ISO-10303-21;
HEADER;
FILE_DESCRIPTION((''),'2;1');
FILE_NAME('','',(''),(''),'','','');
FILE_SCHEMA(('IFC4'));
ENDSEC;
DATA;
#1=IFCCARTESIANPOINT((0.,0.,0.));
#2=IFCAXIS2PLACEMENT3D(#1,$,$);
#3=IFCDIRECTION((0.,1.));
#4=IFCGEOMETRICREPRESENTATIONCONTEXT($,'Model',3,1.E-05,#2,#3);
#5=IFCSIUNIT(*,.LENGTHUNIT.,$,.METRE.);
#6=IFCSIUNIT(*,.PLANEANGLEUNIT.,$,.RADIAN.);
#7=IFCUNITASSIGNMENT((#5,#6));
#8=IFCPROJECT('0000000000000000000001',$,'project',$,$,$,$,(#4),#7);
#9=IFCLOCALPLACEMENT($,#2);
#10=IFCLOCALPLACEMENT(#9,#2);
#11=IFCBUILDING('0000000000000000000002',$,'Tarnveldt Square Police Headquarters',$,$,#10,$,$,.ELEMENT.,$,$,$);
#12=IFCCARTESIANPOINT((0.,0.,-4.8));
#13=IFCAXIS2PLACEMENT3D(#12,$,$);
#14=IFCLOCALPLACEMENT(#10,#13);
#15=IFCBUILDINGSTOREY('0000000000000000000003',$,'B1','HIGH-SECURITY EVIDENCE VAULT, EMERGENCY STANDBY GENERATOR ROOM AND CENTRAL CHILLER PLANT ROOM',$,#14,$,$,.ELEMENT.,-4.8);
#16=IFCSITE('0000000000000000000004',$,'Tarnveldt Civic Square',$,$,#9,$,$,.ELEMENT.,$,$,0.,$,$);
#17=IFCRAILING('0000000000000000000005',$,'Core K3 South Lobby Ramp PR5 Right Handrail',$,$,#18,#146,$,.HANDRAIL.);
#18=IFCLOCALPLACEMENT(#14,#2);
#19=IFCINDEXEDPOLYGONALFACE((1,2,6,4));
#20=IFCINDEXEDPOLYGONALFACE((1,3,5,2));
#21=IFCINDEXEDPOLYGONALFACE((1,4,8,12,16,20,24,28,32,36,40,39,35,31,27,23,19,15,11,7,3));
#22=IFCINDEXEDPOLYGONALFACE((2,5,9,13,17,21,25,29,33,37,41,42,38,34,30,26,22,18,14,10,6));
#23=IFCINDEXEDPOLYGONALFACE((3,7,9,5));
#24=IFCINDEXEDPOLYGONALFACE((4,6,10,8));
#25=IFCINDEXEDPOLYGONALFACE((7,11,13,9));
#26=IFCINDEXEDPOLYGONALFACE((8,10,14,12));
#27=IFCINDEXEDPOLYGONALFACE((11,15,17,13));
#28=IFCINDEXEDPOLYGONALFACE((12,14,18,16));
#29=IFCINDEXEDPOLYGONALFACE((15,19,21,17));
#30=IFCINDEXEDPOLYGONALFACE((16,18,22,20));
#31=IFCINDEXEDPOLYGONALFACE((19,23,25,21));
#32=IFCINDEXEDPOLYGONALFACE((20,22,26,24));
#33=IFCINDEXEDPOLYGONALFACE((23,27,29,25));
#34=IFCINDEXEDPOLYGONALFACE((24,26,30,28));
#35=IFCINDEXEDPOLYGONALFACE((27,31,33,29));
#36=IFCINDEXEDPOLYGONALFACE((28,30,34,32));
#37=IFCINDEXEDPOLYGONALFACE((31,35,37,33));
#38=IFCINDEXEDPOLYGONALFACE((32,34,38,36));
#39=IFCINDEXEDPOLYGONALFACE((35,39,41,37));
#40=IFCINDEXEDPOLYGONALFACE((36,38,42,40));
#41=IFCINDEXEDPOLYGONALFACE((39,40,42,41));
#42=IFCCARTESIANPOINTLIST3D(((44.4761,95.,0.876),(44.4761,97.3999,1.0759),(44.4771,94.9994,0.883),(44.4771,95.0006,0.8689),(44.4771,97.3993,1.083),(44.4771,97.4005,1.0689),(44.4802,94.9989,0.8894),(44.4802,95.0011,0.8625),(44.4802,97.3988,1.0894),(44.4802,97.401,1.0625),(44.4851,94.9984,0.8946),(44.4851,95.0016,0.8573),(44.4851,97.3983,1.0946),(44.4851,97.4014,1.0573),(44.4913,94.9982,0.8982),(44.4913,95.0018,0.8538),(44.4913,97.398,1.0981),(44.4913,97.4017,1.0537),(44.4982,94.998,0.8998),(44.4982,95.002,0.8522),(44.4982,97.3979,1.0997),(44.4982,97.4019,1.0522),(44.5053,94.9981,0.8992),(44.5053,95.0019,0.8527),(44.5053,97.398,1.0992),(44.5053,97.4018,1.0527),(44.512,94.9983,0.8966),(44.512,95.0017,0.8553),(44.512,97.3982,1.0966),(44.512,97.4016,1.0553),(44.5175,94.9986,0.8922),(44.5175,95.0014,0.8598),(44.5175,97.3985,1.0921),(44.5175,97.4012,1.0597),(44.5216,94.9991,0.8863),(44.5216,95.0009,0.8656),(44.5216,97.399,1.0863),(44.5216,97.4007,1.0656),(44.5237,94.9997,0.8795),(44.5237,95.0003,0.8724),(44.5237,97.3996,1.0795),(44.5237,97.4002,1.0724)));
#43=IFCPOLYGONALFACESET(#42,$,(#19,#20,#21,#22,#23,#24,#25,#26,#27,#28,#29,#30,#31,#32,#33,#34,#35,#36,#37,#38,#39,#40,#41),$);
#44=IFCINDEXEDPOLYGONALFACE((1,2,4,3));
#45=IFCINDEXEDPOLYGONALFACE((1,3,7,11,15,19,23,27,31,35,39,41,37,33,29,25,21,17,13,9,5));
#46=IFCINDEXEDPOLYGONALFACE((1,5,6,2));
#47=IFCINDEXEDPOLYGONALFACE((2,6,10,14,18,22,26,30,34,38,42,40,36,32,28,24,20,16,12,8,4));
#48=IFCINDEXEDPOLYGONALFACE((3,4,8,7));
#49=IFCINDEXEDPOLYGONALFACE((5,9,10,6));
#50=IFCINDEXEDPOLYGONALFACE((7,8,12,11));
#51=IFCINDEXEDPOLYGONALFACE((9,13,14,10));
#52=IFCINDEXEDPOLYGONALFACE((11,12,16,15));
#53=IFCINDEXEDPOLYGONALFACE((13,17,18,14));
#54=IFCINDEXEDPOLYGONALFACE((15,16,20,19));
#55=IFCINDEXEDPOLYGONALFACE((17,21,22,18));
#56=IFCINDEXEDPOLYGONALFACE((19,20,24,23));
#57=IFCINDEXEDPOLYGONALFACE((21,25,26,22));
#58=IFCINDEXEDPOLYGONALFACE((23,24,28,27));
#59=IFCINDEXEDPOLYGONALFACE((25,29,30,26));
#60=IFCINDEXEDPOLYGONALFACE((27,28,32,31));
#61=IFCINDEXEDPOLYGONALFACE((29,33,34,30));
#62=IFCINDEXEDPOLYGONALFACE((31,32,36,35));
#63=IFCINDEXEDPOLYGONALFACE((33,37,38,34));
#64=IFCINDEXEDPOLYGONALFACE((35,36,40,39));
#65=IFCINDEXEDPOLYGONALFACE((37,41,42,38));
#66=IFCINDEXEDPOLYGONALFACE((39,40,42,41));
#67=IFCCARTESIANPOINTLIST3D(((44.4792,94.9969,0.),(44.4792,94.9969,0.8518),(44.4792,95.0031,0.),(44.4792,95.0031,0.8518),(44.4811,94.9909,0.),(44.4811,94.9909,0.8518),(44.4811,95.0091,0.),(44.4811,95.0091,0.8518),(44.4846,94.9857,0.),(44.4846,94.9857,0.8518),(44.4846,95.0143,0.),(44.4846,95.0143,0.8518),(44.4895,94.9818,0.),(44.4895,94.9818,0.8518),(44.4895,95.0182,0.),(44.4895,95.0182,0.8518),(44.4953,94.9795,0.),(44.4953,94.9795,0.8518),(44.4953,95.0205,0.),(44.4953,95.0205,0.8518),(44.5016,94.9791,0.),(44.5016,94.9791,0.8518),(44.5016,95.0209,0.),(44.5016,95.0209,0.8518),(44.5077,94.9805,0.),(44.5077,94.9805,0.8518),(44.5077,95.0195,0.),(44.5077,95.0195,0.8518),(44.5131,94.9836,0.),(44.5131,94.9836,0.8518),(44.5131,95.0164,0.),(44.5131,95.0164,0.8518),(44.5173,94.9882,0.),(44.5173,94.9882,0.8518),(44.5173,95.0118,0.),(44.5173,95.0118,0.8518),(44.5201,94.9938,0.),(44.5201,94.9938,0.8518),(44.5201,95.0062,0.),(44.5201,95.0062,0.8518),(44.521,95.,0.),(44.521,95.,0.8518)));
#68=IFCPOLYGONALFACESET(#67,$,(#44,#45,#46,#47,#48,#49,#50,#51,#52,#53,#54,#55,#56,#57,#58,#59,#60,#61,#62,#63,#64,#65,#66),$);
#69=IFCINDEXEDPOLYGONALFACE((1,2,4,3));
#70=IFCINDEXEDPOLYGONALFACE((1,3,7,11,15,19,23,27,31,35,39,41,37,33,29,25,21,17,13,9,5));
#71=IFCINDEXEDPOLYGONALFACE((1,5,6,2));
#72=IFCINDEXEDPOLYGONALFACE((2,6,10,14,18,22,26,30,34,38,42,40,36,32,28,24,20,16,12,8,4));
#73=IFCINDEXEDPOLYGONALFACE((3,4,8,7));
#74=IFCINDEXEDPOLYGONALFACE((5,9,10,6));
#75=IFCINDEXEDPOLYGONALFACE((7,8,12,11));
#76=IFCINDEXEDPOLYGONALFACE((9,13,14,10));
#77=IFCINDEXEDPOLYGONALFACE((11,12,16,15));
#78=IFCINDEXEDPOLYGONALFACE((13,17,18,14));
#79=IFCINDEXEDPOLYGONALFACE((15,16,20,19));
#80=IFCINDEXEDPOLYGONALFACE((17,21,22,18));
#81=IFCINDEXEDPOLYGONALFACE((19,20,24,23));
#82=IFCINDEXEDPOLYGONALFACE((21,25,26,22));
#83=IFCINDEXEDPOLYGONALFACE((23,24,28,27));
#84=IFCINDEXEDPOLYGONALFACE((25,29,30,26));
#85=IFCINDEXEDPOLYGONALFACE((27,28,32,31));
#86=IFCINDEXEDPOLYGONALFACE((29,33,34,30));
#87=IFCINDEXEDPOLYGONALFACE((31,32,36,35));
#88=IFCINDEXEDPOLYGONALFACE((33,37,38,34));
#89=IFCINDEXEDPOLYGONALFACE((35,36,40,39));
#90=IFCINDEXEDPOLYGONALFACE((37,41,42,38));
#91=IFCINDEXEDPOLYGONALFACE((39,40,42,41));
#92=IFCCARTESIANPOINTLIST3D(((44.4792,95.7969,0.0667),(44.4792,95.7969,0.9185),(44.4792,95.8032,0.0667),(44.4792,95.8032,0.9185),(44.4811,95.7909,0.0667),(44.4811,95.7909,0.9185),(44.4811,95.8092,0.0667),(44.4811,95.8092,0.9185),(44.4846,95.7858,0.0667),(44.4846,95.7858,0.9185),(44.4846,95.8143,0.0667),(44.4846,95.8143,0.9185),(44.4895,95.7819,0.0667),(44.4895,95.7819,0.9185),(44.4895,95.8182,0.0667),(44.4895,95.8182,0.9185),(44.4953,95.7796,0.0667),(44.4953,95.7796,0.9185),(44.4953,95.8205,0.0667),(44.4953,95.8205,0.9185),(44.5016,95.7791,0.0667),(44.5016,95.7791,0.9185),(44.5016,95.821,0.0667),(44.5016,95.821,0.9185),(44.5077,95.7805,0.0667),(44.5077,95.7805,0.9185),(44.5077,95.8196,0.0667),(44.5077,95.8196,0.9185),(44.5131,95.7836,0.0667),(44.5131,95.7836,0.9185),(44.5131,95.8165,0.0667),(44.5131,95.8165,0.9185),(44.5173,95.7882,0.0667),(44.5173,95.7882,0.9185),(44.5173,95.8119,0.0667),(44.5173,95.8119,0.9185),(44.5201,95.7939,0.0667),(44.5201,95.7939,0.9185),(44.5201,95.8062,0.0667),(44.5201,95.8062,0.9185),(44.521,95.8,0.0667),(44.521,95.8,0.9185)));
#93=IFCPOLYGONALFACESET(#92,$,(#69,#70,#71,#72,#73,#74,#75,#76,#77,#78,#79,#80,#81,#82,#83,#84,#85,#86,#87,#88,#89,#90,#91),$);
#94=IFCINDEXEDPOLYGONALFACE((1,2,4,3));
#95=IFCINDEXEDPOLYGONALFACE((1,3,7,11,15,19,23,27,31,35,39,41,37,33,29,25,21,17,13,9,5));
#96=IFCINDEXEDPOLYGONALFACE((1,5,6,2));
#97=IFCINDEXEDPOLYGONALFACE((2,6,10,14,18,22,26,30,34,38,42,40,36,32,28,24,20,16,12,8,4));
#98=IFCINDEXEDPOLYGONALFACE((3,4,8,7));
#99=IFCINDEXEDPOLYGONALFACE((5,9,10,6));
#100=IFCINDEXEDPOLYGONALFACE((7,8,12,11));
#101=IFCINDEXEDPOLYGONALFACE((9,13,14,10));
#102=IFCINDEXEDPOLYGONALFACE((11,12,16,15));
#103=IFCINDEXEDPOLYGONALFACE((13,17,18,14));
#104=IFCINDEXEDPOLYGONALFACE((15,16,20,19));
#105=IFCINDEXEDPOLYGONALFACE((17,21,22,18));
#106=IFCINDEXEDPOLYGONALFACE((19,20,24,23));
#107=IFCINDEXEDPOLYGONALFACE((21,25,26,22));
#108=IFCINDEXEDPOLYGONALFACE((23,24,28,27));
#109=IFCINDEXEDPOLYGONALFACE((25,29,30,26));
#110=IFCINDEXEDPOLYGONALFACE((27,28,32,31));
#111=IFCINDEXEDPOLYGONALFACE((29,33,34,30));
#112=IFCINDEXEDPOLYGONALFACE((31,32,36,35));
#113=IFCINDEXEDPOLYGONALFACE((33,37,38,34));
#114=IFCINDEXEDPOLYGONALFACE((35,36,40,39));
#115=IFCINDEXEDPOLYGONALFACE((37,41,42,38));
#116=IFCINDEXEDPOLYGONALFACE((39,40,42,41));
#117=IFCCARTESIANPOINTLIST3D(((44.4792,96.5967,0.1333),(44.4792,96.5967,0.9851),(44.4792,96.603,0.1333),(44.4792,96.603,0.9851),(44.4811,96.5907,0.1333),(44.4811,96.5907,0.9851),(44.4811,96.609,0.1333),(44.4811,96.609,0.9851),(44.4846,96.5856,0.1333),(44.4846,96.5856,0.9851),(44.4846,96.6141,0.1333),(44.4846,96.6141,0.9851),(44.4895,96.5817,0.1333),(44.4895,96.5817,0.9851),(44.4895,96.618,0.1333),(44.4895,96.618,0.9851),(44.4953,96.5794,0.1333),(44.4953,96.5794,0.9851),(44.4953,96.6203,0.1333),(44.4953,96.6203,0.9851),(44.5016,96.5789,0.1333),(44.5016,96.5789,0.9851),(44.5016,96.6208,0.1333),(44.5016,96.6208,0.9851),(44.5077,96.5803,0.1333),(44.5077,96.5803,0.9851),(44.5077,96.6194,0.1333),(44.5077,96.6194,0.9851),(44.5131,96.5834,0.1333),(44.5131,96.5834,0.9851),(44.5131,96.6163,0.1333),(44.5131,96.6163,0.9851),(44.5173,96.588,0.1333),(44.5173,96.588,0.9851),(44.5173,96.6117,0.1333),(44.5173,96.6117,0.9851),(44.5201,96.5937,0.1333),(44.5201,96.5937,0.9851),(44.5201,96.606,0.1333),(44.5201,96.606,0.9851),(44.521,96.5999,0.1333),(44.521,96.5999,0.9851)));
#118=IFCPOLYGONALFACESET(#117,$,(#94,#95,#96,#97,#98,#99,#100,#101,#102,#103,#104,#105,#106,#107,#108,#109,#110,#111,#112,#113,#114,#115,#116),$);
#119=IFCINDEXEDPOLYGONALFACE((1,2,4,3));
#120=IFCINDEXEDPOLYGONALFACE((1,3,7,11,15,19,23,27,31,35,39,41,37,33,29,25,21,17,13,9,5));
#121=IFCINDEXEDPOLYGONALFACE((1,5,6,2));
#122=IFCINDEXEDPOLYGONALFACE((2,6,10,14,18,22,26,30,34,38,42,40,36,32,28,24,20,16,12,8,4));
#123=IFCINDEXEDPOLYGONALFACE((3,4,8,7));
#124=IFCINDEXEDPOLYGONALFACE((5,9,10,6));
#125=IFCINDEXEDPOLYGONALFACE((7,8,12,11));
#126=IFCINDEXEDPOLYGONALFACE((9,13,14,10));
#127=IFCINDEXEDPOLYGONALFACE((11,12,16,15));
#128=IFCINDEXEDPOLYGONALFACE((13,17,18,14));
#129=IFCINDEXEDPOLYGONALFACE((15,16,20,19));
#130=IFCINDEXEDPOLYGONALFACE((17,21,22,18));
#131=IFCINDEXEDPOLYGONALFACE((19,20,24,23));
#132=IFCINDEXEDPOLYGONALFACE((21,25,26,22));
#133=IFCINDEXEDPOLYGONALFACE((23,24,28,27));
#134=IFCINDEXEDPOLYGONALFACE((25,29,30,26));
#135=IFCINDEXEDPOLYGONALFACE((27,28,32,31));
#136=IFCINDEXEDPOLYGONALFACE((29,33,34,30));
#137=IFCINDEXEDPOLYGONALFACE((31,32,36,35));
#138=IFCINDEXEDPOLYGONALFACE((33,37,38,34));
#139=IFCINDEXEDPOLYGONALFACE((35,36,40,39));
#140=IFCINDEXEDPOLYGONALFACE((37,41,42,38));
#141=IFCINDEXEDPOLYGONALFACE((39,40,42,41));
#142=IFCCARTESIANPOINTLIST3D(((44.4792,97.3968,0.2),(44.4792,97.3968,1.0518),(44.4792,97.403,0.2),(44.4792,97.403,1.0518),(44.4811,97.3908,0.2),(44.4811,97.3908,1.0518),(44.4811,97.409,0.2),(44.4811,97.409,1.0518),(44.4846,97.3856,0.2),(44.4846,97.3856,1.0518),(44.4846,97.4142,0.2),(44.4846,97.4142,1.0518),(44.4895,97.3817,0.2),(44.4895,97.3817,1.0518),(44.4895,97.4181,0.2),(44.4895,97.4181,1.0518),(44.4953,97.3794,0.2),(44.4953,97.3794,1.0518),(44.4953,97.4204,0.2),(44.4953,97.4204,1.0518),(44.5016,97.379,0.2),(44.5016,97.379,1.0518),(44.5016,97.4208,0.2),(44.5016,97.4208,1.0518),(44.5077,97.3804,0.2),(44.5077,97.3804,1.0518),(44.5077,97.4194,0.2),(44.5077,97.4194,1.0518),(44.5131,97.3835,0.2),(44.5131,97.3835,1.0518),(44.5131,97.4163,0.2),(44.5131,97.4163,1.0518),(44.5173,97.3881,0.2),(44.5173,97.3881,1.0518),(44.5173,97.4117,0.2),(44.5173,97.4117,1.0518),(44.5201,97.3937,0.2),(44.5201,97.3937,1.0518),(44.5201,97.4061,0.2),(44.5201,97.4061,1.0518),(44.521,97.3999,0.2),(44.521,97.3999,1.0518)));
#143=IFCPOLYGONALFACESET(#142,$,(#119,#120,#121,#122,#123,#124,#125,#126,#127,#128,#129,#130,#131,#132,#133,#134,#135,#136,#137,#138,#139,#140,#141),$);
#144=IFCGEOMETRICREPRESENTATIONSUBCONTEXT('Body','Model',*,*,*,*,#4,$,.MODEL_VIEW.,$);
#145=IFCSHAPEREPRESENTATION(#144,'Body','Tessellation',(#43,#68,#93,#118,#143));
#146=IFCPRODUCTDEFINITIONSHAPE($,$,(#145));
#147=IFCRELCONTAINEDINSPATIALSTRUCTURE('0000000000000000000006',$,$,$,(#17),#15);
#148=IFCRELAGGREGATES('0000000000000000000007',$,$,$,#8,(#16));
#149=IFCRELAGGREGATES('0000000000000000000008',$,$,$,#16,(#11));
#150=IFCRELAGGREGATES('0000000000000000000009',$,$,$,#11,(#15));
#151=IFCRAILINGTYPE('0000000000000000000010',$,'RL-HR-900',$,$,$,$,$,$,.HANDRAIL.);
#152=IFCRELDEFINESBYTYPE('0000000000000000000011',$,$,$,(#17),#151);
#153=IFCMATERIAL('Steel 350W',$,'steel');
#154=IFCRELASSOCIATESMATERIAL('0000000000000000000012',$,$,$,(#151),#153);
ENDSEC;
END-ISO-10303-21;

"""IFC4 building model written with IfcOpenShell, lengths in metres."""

from ifc_helpers import new_model, si_unit, direction, frame, origin, origin_2d, place, context, subcontext, project, spatial, circle, extrude, material, type_object, element, save


model = new_model("IFC4")

# Units and contexts
model_context = context("Model", 3, precision=1e-05, world=origin(), true_north=direction((0.0, 1.0)))
body_context = subcontext(model_context, "Body", "Model", "MODEL_VIEW")
ifc_project = project(units=[si_unit("LENGTHUNIT", "METRE"), si_unit("PLANEANGLEUNIT", "RADIAN")], contexts=[model_context])

# Site, building, storey
site_placement = place(None, origin())
site = spatial("IfcSite", under=ifc_project, at=site_placement, Name="Tarnveldt Civic Square", CompositionType="ELEMENT", RefElevation=0.0)
building_placement = place(site_placement, origin())
building = spatial("IfcBuilding", under=site, at=building_placement, Name="Tarnveldt Square Police Headquarters", CompositionType="ELEMENT")
storey_placement = place(building_placement, frame((0.0, 0.0, -4.8)))
storey = spatial("IfcBuildingStorey", under=building, at=storey_placement, Name="B1", Description="HIGH-SECURITY EVIDENCE VAULT, EMERGENCY STANDBY GENERATOR ROOM AND CENTRAL CHILLER PLANT ROOM", CompositionType="ELEMENT", Elevation=-4.8)

# Shared definitions
ifc_material_1 = material(Name="Steel 350W", Category="steel")

# Railing
railing_type = type_object("IfcRailingType", Name="RL-HR-900", PredefinedType="HANDRAIL", material=ifc_material_1)
railing_placement = place(storey_placement, frame((44.5, 95.0, 0.0)))
element("IfcRailing", 1, at=railing_placement, inside=storey, type_object=railing_type, Name="Core K3 South Lobby Ramp PR5 Right Handrail", PredefinedType="HANDRAIL", context=body_context, shape_type="SweptSolid", body=[
    extrude(circle(Radius=0.0239, at=origin_2d()), frame((0.0, 0.0, 0.876), z_axis=(0.0, 0.996547, 0.083029), x_axis=(-1.0, 0.0, 0.0)), (0.0, 0.0, 1.0), 2.4082),
    extrude(circle(Radius=0.021, at=origin_2d()), origin(), (0.0, 0.0, 1.0), 0.8518),
    extrude(circle(Radius=0.021, at=origin_2d()), frame((0.0, 0.8, 0.0667)), (0.0, 0.0, 1.0), 0.8518),
    extrude(circle(Radius=0.021, at=origin_2d()), frame((0.0, 1.5999, 0.1333)), (0.0, 0.0, 1.0), 0.8518),
    extrude(circle(Radius=0.021, at=origin_2d()), frame((0.0, 2.3999, 0.2)), (0.0, 0.0, 1.0), 0.8518),
])

save(model, "model.ifc")
